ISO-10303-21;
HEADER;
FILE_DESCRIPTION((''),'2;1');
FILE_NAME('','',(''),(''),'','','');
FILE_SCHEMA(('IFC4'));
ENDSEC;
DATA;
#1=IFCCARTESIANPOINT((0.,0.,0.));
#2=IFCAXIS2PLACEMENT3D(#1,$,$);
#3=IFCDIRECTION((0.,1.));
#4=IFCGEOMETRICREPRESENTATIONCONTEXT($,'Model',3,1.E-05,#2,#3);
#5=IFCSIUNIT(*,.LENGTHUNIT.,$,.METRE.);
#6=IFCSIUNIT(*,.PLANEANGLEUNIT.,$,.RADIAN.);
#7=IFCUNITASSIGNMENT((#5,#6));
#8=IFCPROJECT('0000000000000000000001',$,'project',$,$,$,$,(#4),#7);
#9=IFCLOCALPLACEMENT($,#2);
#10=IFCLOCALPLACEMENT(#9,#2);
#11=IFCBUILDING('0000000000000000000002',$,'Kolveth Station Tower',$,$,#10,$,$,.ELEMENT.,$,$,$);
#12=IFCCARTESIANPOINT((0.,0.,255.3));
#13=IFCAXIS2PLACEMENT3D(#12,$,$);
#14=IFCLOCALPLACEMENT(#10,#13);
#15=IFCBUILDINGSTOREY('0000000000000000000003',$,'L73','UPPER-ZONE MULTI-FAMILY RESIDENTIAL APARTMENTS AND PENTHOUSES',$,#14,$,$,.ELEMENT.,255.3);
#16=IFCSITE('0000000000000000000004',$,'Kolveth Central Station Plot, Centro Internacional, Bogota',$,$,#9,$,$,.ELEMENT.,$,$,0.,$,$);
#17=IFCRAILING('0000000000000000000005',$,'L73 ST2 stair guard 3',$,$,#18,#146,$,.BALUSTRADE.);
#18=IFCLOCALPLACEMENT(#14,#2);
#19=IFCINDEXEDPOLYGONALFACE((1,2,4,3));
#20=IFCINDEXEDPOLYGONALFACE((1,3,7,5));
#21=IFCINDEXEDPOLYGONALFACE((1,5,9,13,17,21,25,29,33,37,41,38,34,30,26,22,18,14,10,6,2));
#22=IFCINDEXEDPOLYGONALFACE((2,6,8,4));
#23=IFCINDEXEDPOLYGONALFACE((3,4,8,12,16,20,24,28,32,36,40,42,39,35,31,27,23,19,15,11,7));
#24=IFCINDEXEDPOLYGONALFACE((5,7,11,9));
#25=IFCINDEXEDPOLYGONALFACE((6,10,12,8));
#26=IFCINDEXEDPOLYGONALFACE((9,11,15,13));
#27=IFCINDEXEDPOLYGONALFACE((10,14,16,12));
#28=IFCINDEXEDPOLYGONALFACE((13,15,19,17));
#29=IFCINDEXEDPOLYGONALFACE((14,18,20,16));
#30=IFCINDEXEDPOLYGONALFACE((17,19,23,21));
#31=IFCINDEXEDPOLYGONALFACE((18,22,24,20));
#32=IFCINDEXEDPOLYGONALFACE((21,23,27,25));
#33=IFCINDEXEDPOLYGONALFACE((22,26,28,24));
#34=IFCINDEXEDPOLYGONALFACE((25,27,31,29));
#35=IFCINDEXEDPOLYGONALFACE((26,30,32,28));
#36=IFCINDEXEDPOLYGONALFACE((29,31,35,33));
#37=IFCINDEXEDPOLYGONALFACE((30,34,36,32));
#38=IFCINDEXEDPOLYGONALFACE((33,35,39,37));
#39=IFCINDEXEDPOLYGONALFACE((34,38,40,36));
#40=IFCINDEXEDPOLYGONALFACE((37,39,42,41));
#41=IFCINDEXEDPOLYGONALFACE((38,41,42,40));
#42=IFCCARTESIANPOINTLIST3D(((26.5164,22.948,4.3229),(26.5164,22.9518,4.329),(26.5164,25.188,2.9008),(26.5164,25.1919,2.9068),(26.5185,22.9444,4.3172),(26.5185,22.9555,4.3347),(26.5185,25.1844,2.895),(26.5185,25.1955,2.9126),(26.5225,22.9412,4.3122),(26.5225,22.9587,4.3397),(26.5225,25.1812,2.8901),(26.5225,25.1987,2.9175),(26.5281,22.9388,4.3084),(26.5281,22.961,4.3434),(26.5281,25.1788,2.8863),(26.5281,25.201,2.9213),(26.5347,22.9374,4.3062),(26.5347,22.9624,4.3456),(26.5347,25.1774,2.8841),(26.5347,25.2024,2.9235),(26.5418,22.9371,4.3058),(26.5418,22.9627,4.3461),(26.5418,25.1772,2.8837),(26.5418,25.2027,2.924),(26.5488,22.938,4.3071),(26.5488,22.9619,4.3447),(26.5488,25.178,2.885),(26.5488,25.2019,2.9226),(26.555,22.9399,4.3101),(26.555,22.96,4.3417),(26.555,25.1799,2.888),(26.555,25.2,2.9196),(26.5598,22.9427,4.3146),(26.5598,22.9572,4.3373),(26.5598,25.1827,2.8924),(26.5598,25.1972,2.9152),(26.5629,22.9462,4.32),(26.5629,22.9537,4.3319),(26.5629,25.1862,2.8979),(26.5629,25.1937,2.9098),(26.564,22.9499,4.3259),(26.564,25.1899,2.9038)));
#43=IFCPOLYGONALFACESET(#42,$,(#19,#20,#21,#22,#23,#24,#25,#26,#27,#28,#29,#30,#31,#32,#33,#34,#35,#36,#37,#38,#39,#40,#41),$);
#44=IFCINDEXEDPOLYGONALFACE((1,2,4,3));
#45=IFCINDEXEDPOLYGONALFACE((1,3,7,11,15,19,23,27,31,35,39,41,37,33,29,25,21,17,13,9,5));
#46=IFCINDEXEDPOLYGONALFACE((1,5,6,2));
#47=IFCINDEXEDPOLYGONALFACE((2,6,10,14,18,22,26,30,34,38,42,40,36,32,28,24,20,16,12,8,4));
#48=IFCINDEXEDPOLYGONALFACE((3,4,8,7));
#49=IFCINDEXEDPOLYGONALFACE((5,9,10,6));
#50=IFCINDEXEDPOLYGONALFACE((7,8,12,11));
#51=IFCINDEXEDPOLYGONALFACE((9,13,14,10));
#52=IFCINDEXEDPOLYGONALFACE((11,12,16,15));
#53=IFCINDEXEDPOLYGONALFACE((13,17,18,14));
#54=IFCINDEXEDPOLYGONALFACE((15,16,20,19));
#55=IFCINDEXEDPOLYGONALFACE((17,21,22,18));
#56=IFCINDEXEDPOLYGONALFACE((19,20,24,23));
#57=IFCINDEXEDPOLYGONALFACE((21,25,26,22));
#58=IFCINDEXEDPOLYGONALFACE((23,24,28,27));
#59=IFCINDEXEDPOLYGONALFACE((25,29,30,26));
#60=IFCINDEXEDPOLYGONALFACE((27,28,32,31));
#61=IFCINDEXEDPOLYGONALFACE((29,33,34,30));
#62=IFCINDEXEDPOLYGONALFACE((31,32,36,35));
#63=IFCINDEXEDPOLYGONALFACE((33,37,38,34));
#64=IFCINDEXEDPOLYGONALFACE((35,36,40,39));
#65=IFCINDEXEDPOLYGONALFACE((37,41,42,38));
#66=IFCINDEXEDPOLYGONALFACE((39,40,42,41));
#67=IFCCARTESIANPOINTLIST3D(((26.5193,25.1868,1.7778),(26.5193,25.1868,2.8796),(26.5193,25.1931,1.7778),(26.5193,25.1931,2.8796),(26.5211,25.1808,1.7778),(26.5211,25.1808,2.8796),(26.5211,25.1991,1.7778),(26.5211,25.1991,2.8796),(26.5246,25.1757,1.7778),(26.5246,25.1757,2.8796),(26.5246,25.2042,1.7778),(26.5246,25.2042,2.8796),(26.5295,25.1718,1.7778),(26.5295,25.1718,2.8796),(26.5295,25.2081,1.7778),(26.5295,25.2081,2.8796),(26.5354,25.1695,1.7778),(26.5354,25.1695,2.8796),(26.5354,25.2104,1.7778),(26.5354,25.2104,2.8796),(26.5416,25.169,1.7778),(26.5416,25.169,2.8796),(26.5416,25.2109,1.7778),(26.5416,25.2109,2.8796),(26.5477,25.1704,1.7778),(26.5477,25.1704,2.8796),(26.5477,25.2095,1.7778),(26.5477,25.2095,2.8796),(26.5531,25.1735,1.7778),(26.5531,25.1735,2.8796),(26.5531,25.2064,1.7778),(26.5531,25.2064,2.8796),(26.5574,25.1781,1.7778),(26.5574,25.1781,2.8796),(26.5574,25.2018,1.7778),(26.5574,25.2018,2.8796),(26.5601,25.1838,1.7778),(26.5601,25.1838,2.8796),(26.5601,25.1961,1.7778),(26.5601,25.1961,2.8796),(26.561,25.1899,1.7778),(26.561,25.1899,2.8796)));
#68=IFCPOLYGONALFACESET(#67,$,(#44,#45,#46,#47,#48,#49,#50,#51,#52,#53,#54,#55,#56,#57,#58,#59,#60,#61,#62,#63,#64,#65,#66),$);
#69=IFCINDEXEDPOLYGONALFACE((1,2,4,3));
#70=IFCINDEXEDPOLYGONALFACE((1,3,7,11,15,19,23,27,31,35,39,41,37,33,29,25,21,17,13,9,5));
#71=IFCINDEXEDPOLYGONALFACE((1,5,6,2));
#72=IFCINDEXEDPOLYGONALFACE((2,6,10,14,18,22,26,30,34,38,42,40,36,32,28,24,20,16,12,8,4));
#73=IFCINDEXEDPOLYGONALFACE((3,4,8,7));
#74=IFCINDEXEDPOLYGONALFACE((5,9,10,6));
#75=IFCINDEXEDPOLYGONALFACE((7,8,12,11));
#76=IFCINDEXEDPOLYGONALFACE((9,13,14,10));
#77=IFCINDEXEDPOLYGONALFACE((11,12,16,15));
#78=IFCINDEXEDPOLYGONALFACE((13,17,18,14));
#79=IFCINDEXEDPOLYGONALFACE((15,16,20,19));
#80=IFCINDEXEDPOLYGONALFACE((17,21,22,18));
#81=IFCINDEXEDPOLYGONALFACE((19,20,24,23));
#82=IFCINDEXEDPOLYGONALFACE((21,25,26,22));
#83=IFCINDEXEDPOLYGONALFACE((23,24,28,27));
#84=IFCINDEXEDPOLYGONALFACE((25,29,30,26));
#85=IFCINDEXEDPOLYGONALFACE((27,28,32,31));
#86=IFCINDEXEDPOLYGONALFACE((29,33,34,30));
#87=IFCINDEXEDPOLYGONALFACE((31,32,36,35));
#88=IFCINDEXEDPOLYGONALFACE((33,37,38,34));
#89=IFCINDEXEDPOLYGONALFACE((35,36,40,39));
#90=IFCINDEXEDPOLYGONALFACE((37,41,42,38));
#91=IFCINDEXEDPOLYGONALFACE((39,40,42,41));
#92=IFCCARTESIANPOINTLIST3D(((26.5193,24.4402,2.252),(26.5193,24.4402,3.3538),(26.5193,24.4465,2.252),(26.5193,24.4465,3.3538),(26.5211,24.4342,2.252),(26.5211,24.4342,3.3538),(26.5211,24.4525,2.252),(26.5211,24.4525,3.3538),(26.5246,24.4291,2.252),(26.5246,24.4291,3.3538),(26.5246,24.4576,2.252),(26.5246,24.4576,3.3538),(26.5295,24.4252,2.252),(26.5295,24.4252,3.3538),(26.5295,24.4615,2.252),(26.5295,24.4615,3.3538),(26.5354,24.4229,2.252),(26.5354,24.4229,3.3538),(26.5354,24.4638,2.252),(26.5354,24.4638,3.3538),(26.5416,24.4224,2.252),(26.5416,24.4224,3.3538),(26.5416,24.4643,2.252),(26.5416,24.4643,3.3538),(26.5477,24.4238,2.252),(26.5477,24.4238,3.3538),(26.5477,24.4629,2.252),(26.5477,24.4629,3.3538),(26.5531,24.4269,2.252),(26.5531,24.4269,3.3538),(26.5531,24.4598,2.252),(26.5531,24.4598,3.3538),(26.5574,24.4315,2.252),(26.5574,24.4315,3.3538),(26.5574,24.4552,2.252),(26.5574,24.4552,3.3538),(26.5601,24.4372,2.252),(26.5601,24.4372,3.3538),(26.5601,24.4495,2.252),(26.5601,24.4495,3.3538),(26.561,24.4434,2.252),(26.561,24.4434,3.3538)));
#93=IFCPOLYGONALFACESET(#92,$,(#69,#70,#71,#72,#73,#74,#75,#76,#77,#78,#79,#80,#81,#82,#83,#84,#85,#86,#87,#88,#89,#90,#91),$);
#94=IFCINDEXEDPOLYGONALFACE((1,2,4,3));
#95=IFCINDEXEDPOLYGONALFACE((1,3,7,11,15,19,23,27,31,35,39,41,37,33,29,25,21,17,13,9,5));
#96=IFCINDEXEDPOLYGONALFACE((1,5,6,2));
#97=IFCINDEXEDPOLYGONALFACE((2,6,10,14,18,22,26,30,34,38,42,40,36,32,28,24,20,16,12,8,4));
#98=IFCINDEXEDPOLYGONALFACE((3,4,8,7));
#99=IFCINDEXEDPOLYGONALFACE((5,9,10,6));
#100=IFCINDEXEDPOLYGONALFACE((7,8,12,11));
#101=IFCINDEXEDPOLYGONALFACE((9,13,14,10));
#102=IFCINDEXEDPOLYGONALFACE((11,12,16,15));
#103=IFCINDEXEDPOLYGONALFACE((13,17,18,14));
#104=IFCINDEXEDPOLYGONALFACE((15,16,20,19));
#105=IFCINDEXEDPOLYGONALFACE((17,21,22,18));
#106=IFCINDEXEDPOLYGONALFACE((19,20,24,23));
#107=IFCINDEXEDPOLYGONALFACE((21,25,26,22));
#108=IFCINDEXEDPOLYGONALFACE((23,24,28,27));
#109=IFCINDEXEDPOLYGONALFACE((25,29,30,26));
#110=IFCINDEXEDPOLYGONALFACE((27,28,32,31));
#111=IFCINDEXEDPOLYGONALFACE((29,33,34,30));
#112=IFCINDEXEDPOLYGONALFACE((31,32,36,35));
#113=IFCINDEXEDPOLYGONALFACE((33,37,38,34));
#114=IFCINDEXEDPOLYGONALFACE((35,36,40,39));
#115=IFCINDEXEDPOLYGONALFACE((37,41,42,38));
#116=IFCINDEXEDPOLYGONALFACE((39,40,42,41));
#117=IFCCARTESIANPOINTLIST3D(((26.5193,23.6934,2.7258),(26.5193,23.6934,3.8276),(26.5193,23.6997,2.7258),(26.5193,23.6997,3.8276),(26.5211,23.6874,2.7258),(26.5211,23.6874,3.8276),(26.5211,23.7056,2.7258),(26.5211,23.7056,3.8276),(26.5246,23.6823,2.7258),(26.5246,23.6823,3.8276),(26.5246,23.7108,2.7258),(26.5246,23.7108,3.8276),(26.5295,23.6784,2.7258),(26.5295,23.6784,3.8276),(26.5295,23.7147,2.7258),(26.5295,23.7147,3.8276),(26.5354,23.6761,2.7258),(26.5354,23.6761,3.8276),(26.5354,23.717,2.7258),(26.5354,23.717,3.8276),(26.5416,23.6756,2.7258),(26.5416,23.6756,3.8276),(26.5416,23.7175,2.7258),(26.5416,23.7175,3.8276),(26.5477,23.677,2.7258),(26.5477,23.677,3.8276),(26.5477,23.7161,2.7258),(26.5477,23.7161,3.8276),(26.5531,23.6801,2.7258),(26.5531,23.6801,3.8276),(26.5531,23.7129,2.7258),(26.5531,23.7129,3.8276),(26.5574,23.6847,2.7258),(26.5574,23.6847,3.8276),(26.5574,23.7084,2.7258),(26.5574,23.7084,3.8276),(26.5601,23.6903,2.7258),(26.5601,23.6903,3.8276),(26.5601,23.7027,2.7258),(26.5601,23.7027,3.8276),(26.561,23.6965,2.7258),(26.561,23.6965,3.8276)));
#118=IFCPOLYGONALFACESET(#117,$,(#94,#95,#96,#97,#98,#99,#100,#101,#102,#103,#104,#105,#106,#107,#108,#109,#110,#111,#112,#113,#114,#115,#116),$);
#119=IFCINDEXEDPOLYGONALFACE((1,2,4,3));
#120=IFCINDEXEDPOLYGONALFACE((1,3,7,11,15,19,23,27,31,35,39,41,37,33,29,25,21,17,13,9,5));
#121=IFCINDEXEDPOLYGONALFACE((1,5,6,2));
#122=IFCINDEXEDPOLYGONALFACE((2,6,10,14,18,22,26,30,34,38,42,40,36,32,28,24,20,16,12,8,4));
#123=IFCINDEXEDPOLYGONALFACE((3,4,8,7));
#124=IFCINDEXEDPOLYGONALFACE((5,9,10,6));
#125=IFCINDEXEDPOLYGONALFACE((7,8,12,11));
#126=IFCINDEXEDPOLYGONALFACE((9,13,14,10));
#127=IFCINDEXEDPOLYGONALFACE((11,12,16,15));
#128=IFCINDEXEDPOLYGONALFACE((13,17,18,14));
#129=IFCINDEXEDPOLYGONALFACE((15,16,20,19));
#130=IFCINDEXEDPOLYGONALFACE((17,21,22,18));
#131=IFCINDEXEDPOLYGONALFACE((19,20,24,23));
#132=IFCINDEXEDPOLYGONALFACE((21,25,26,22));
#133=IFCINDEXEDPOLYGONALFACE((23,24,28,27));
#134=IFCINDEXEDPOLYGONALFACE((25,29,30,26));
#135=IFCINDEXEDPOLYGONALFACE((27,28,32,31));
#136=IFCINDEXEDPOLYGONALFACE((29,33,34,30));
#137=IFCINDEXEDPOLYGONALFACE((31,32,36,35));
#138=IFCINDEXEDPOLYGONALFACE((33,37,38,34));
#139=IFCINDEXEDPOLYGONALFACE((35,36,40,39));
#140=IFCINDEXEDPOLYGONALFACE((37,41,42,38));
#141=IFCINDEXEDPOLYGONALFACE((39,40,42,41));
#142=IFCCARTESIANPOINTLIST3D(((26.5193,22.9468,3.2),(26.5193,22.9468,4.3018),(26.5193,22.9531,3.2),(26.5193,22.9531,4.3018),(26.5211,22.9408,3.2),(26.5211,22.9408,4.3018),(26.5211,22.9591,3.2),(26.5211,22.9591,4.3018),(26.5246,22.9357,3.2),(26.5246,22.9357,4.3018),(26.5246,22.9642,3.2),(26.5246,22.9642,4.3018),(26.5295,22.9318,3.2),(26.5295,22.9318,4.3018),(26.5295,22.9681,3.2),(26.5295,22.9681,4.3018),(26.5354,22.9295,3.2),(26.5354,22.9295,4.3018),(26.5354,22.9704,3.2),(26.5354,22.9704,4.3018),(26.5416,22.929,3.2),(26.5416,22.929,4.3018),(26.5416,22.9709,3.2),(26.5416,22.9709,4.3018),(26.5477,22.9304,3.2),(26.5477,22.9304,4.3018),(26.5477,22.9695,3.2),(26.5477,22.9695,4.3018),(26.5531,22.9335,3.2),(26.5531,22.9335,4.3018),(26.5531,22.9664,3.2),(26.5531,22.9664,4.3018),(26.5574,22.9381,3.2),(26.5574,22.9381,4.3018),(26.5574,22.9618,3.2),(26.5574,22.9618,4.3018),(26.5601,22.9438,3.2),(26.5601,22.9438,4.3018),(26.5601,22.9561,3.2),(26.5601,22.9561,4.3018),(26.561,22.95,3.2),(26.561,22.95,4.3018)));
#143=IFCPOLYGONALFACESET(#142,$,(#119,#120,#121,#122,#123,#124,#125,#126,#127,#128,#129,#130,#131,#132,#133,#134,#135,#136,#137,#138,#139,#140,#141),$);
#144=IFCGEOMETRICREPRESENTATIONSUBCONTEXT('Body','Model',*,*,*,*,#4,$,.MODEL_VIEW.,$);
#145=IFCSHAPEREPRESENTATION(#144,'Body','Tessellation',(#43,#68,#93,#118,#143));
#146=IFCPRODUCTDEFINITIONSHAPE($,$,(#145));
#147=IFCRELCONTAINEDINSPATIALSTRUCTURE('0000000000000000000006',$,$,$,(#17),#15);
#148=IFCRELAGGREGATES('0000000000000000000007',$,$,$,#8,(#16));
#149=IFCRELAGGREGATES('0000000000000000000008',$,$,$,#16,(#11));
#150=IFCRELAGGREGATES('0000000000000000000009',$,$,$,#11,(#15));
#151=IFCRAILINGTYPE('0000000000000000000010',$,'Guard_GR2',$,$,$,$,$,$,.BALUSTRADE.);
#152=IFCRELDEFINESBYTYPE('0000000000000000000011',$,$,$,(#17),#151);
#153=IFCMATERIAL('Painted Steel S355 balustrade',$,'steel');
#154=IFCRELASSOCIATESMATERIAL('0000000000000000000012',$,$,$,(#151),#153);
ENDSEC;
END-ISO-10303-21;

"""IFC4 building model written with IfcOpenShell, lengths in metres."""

from ifc_helpers import new_model, si_unit, direction, frame, origin, origin_2d, place, context, subcontext, project, spatial, circle, extrude, material, type_object, element, save


model = new_model("IFC4")

# Units and contexts
model_context = context("Model", 3, precision=1e-05, world=origin(), true_north=direction((0.0, 1.0)))
body_context = subcontext(model_context, "Body", "Model", "MODEL_VIEW")
ifc_project = project(units=[si_unit("LENGTHUNIT", "METRE"), si_unit("PLANEANGLEUNIT", "RADIAN")], contexts=[model_context])

# Site, building, storey
site_placement = place(None, origin())
site = spatial("IfcSite", under=ifc_project, at=site_placement, Name="Kolveth Central Station Plot, Centro Internacional, Bogota", CompositionType="ELEMENT", RefElevation=0.0)
building_placement = place(site_placement, origin())
building = spatial("IfcBuilding", under=site, at=building_placement, Name="Kolveth Station Tower", CompositionType="ELEMENT")
storey_placement = place(building_placement, frame((0.0, 0.0, 255.3)))
storey = spatial("IfcBuildingStorey", under=building, at=storey_placement, Name="L73", Description="UPPER-ZONE MULTI-FAMILY RESIDENTIAL APARTMENTS AND PENTHOUSES", CompositionType="ELEMENT", Elevation=255.3)

# Railing
ifc_material_1 = material(Name="Painted Steel S355 balustrade", Category="steel")
railing_type_1 = type_object("IfcRailingType", Name="Guard_GR2", PredefinedType="BALUSTRADE", material=ifc_material_1)
railing_1_placement = place(storey_placement, frame((26.54, 25.1899, 1.7778)))
element("IfcRailing", 1, at=railing_1_placement, inside=storey, type_object=railing_type_1, Name="L73 ST2 stair guard 3", PredefinedType="BALUSTRADE", context=body_context, shape_type="SweptSolid", body=[
    extrude(circle(Radius=0.0239, at=origin_2d()), frame((0.0, 0.0, 1.126), z_axis=(0.0, -0.844229, 0.535982), x_axis=(1.0, 0.0, 0.0)), (0.0, 0.0, 1.0), 2.6533),
    extrude(circle(Radius=0.021, at=origin_2d()), origin(), (0.0, 0.0, 1.0), 1.1018),
    extrude(circle(Radius=0.021, at=origin_2d()), frame((0.0, -0.7466, 0.4741)), (0.0, 0.0, 1.0), 1.1018),
    extrude(circle(Radius=0.021, at=origin_2d()), frame((0.0, -1.4934, 0.948)), (0.0, 0.0, 1.0), 1.1018),
    extrude(circle(Radius=0.021, at=origin_2d()), frame((0.0, -2.24, 1.4221)), (0.0, 0.0, 1.0), 1.1018),
])

save(model, "model.ifc")
